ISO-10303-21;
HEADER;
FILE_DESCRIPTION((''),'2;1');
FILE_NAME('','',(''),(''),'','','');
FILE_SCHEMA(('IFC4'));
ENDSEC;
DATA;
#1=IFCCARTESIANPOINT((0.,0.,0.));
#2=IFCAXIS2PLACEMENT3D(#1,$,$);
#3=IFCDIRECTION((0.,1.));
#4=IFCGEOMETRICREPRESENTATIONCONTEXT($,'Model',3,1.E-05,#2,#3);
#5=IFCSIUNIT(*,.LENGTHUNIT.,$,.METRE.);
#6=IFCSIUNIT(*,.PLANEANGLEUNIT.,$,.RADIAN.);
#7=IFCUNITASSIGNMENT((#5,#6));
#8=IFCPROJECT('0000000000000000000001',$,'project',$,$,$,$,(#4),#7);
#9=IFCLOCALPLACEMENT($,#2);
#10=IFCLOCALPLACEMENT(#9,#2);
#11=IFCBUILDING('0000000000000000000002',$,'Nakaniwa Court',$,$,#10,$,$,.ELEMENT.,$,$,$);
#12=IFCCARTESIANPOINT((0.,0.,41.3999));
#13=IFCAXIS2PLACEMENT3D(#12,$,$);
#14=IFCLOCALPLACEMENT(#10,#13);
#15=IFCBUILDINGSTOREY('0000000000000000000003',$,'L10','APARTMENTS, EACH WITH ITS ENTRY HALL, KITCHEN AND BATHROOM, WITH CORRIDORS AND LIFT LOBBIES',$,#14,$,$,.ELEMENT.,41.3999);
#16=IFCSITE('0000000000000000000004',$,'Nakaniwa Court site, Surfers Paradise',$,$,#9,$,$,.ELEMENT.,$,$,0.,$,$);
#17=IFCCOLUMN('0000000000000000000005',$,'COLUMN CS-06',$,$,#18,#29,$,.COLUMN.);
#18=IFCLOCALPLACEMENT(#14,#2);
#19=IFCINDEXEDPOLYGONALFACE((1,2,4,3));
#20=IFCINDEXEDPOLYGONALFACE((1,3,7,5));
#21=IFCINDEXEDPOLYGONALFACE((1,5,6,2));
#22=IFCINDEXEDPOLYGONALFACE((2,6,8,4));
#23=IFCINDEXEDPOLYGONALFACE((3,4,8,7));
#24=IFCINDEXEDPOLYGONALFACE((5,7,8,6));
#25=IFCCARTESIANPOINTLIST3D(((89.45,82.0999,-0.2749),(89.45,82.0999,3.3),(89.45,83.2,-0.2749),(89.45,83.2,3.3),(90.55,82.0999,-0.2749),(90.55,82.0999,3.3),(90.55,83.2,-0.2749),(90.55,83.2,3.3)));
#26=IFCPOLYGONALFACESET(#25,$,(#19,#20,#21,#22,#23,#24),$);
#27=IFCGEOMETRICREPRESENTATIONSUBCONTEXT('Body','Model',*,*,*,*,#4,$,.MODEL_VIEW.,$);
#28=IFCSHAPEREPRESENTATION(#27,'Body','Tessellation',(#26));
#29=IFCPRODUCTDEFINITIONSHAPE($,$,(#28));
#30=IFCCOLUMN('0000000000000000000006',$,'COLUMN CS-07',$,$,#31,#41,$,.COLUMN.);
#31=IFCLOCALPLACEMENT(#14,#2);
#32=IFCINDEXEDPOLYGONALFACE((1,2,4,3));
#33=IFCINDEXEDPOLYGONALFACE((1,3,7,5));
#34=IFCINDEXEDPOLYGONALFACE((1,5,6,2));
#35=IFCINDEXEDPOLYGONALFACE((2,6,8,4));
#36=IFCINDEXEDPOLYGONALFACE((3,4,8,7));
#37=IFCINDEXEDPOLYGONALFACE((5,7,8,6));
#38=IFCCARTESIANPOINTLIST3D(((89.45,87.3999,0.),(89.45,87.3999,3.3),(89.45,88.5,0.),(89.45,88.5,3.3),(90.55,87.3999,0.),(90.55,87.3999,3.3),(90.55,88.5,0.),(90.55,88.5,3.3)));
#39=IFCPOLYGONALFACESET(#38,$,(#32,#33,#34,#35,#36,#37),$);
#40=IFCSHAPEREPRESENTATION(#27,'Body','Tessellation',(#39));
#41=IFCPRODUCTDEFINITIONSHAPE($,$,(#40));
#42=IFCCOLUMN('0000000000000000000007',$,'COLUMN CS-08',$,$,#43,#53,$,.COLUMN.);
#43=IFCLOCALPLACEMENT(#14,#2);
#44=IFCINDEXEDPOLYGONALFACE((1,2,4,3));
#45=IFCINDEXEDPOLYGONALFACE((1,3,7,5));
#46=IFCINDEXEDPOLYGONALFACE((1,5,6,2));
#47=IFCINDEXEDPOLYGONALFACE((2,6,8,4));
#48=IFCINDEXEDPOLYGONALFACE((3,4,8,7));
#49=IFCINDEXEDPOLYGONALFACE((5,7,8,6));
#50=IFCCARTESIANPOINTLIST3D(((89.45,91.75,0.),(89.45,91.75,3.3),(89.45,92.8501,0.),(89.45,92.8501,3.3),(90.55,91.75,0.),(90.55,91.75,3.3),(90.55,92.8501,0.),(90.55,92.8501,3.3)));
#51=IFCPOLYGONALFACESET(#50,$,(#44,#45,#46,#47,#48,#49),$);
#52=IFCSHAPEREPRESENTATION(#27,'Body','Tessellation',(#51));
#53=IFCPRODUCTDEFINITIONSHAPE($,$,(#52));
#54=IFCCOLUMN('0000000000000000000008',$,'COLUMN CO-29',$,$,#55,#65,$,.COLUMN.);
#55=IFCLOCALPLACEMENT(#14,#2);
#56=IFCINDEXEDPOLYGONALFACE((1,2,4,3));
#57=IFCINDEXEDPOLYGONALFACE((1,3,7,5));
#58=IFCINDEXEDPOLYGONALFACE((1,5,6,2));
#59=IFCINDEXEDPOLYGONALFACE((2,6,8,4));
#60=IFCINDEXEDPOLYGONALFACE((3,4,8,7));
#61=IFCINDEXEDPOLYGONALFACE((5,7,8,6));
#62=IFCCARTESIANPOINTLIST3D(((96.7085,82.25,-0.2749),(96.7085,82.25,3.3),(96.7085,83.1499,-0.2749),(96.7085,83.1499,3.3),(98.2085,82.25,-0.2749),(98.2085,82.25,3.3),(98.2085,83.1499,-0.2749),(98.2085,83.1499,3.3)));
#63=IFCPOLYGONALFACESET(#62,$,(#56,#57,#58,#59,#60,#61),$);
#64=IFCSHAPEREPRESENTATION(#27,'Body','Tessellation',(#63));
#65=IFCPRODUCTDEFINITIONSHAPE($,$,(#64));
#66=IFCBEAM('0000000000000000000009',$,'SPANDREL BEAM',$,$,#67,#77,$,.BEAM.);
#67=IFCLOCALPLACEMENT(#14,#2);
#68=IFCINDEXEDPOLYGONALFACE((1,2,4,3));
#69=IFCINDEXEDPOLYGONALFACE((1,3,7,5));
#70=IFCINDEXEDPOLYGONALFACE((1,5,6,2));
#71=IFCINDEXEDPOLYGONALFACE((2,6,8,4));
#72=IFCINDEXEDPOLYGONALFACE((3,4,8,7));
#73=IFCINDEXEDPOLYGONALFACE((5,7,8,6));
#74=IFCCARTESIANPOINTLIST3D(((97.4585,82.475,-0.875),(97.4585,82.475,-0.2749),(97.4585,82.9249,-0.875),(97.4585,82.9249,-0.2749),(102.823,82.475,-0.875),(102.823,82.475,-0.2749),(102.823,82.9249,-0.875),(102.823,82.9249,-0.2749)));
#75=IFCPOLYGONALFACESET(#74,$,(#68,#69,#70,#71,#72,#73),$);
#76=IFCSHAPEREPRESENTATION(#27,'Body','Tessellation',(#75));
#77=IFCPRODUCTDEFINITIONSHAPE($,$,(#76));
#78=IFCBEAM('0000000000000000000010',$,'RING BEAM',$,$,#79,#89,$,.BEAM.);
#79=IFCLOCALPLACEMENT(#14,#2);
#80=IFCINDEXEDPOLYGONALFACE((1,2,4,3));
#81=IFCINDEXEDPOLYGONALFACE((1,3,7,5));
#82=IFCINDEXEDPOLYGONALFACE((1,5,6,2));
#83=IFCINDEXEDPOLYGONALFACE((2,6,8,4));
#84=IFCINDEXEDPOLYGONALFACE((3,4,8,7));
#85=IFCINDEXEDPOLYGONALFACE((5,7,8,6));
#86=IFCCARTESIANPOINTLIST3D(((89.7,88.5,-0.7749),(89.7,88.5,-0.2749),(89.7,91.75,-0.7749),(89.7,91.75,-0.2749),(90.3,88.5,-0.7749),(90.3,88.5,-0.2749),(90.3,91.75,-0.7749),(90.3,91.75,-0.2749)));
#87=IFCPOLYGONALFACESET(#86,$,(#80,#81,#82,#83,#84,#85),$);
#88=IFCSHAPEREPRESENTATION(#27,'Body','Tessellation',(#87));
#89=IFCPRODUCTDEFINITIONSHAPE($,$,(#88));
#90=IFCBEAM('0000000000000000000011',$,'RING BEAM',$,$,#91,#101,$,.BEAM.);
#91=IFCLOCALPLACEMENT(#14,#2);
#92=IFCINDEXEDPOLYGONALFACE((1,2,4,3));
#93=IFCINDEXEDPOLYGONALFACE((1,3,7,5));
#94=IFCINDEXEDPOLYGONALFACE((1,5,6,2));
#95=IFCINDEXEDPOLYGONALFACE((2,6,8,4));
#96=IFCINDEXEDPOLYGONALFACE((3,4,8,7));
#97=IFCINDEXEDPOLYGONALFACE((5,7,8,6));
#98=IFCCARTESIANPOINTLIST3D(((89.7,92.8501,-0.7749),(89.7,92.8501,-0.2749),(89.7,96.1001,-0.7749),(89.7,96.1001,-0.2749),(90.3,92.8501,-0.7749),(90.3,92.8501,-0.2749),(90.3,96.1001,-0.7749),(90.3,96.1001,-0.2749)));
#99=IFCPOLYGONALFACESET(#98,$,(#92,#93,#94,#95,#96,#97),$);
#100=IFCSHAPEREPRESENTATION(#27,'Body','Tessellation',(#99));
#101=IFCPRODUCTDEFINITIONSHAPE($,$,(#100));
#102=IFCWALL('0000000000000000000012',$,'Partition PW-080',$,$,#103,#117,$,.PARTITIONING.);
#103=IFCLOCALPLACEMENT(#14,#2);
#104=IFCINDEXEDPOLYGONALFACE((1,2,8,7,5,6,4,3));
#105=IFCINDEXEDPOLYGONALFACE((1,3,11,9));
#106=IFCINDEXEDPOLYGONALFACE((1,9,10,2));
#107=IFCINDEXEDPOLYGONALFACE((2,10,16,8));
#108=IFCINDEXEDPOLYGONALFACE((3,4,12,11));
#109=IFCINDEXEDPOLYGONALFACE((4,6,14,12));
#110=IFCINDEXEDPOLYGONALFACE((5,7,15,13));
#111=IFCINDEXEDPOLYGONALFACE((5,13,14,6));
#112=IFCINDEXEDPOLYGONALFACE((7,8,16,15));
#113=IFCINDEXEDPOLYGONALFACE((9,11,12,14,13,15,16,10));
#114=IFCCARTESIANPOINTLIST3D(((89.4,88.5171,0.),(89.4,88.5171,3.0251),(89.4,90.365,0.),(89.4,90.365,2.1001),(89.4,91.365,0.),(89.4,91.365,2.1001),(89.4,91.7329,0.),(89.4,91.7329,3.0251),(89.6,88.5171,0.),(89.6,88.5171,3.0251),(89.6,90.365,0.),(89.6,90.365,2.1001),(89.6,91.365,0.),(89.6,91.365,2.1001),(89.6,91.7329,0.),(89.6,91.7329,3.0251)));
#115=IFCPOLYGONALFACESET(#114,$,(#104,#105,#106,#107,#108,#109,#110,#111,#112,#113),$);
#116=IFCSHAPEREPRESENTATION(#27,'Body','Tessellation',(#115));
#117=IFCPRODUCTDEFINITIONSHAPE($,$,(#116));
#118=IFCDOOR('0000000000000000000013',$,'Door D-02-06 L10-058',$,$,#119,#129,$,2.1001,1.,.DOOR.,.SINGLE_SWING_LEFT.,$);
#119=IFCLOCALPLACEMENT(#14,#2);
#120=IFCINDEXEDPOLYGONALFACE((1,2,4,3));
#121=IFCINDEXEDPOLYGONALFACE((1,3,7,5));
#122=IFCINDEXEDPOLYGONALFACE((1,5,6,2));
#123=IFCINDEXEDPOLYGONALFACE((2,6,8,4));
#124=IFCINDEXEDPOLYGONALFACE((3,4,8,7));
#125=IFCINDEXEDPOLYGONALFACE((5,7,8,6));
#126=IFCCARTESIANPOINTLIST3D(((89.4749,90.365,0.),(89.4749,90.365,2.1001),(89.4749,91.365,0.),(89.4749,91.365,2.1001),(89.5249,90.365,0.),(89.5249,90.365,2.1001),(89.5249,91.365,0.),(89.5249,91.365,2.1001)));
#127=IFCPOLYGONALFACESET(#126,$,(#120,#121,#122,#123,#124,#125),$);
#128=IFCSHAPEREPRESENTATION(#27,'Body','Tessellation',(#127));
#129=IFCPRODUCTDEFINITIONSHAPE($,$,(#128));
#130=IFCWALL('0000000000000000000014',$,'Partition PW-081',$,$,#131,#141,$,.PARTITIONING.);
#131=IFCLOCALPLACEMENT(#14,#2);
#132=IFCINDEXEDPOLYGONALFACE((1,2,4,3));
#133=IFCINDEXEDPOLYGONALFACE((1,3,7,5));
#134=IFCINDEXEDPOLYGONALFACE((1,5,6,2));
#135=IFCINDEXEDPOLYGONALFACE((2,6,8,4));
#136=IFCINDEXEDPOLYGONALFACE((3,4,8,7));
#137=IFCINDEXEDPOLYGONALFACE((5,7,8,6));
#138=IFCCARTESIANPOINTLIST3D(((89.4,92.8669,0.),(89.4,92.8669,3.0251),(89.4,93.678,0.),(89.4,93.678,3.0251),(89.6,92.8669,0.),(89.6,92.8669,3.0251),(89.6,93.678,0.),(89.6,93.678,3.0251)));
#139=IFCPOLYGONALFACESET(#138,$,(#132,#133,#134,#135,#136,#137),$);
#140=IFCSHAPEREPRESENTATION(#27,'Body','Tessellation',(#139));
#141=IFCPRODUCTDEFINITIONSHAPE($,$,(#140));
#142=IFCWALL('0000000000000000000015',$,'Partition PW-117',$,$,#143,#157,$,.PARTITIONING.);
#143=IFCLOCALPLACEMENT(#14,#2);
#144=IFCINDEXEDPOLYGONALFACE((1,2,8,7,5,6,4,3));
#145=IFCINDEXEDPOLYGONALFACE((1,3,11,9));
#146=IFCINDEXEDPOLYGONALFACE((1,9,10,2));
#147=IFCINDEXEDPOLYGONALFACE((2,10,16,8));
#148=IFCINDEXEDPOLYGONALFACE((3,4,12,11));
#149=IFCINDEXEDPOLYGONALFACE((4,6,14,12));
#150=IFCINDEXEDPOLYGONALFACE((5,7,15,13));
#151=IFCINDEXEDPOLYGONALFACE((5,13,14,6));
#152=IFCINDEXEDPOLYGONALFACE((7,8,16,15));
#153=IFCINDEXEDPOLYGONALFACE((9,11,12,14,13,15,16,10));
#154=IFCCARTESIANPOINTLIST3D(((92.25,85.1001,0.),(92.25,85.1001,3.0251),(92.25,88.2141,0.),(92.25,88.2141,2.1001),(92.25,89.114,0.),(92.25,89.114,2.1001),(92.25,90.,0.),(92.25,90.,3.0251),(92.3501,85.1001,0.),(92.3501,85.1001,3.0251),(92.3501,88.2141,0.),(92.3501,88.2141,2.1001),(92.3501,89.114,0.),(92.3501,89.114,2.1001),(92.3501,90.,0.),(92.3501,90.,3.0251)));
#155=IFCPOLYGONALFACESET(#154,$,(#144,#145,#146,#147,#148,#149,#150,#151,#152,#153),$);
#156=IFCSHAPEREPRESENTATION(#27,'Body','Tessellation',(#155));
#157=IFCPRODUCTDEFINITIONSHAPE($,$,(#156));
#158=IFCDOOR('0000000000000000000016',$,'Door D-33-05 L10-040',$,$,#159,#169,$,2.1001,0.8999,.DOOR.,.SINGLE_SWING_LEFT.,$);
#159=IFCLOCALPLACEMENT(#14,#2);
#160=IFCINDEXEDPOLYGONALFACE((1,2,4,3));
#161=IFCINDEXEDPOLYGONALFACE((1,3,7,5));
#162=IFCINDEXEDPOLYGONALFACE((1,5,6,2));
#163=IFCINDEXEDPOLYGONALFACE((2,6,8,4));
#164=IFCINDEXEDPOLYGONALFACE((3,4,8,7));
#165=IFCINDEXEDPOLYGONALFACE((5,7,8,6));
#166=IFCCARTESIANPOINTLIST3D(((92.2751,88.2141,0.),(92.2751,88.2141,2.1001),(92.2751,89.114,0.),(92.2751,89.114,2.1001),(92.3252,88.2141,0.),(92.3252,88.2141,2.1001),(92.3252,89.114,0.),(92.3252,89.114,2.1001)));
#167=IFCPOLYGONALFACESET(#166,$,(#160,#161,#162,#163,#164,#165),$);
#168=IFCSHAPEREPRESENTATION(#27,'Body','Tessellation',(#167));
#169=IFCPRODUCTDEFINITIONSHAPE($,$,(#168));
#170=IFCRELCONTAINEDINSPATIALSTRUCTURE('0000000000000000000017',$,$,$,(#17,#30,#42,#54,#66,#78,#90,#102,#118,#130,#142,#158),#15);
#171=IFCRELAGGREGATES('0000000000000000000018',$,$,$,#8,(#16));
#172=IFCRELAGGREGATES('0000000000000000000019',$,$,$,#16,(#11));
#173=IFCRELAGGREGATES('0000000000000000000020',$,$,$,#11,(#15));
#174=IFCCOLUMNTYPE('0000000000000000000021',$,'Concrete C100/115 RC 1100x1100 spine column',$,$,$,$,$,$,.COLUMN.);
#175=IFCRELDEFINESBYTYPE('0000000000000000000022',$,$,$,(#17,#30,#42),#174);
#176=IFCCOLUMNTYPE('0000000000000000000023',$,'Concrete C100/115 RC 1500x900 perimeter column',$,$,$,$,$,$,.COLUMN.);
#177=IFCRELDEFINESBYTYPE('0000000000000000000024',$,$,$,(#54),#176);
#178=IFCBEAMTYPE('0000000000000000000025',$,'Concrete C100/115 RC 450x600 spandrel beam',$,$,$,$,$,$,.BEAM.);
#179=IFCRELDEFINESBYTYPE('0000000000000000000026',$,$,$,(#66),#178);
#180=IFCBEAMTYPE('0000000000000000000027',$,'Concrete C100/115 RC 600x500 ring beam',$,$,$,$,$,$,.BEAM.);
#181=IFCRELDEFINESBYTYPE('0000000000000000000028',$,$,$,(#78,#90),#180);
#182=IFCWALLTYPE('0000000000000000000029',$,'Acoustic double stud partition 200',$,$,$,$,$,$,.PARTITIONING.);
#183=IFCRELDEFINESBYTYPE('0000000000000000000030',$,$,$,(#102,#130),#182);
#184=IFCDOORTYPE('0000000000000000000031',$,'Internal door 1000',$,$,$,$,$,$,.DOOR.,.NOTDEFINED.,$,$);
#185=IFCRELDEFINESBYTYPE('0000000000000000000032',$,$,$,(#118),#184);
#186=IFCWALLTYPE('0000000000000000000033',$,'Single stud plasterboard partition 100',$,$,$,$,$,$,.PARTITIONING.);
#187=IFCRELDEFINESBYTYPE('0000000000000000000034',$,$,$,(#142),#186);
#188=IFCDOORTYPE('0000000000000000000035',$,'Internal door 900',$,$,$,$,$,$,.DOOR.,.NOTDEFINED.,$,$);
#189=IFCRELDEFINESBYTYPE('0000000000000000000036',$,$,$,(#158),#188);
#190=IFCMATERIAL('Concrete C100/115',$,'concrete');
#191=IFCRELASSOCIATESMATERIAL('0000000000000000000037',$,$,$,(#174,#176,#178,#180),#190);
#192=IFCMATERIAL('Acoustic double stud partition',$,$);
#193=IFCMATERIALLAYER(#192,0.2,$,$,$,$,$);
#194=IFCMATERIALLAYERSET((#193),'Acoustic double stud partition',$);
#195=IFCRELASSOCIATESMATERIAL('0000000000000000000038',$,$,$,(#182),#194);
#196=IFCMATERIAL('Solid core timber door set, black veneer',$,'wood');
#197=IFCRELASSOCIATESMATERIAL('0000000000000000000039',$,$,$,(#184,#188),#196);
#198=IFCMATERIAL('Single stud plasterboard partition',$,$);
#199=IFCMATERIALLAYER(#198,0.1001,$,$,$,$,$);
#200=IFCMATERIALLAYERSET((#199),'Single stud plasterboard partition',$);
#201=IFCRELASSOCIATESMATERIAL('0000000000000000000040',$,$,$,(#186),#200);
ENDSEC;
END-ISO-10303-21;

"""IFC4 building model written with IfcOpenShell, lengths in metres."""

from ifc_helpers import new_model, si_unit, direction, frame, frame_2d, origin, origin_2d, place, context, subcontext, project, spatial, rectangle, extrude, material, layer, layer_set, material_profile, profile_set, type_object, element, fill, save


model = new_model("IFC4")

# Units and contexts
model_context = context("Model", 3, precision=1e-05, world=origin(), true_north=direction((0.0, 1.0)))
body_context = subcontext(model_context, "Body", "Model", "MODEL_VIEW")
ifc_project = project(units=[si_unit("LENGTHUNIT", "METRE"), si_unit("PLANEANGLEUNIT", "RADIAN")], contexts=[model_context])

# Site, building, storey
site_placement = place(None, origin())
site = spatial("IfcSite", under=ifc_project, at=site_placement, Name="Nakaniwa Court site, Surfers Paradise", CompositionType="ELEMENT", RefElevation=0.0)
building_placement = place(site_placement, origin())
building = spatial("IfcBuilding", under=site, at=building_placement, Name="Nakaniwa Court", CompositionType="ELEMENT")
storey_placement = place(building_placement, frame((0.0, 0.0, 41.3999)))
storey = spatial("IfcBuildingStorey", under=building, at=storey_placement, Name="L10", Description="APARTMENTS, EACH WITH ITS ENTRY HALL, KITCHEN AND BATHROOM, WITH CORRIDORS AND LIFT LOBBIES", CompositionType="ELEMENT", Elevation=41.3999)

# Columns
ifc_material_1 = material(Name="Concrete C100/115", Category="concrete")
ifc_material_profile_1 = material_profile(ifc_material_1, rectangle(XDim=1.1001, YDim=1.1001, at=origin_2d()), Name="Concrete C100/115 RC 1100x1100 spine column")
ifc_profile_set_1 = profile_set([ifc_material_profile_1], Name="Concrete C100/115")
column_type_1 = type_object("IfcColumnType", Name="Concrete C100/115 RC 1100x1100 spine column", PredefinedType="COLUMN", material=ifc_profile_set_1)
column_1_placement = place(storey_placement, frame((90.0, 82.6499, -0.2749), z_axis=(0.0, 0.0, 1.0), x_axis=(0.0, 1.0, 0.0)))
element("IfcColumn", 1, at=column_1_placement, inside=storey, type_object=column_type_1, Name="COLUMN CS-06", PredefinedType="COLUMN", context=body_context, shape_type="SweptSolid", body=[
    extrude(rectangle(XDim=1.1001, YDim=1.1001, at=origin_2d()), origin(), (0.0, 0.0, 1.0), 3.575),
])
for number, where, z_axis, x_axis, name in (
    (2, (90.0, 87.95, 0.0), (0.0, 0.0, 1.0), (0.0, 1.0, 0.0), "COLUMN CS-07"),
    (3, (90.0, 92.3, 0.0), (0.0, 0.0, 1.0), (0.0, 1.0, 0.0), "COLUMN CS-08"),
):
    element("IfcColumn", number, at=place(storey_placement, frame(where, z_axis=z_axis, x_axis=x_axis)), inside=storey, type_object=column_type_1, Name=name, PredefinedType="COLUMN", context=body_context, shape_type="SweptSolid", body=[
        extrude(rectangle(XDim=1.1001, YDim=1.1001, at=origin_2d()), origin(), (0.0, 0.0, 1.0), 3.3),
    ])
ifc_material_profile_2 = material_profile(ifc_material_1, rectangle(XDim=1.5, YDim=0.8999, at=origin_2d()), Name="Concrete C100/115 RC 1500x900 perimeter column")
ifc_profile_set_2 = profile_set([ifc_material_profile_2], Name="Concrete C100/115")
column_type_2 = type_object("IfcColumnType", Name="Concrete C100/115 RC 1500x900 perimeter column", PredefinedType="COLUMN", material=ifc_profile_set_2)
column_2_placement = place(storey_placement, frame((97.4585, 82.7, -0.2749), z_axis=(0.0, 0.0, 1.0), x_axis=(1.0, 0.0, 0.0)))
element("IfcColumn", 4, at=column_2_placement, inside=storey, type_object=column_type_2, Name="COLUMN CO-29", PredefinedType="COLUMN", context=body_context, shape_type="SweptSolid", body=[
    extrude(rectangle(XDim=1.5, YDim=0.8999, at=origin_2d()), origin(), (0.0, 0.0, 1.0), 3.575),
])

# Beams
ifc_material_profile_3 = material_profile(ifc_material_1, rectangle(XDim=0.45, YDim=0.6001, at=origin_2d()), Name="Concrete C100/115 RC 450x600 spandrel beam")
ifc_profile_set_3 = profile_set([ifc_material_profile_3], Name="Concrete C100/115")
beam_type_1 = type_object("IfcBeamType", Name="Concrete C100/115 RC 450x600 spandrel beam", PredefinedType="BEAM", material=ifc_profile_set_3)
beam_placement = place(storey_placement, frame((97.4585, 82.7, -0.575), z_axis=(1.0, 0.0, 0.0), x_axis=(0.0, 1.0, 0.0)))
element("IfcBeam", 5, at=beam_placement, inside=storey, type_object=beam_type_1, Name="SPANDREL BEAM", PredefinedType="BEAM", context=body_context, shape_type="SweptSolid", body=[
    extrude(rectangle(XDim=0.45, YDim=0.6001, at=origin_2d()), origin(), (0.0, 0.0, 1.0), 5.3645),
])
ifc_material_profile_4 = material_profile(ifc_material_1, rectangle(XDim=0.6001, YDim=0.5, at=origin_2d()), Name="Concrete C100/115 RC 600x500 ring beam")
ifc_profile_set_4 = profile_set([ifc_material_profile_4], Name="Concrete C100/115")
beam_type_2 = type_object("IfcBeamType", Name="Concrete C100/115 RC 600x500 ring beam", PredefinedType="BEAM", material=ifc_profile_set_4)
for number, where, z_axis, x_axis, name in (
    (6, (90.0, 88.5, -0.5249), (0.0, 1.0, 0.0), (-1.0, 0.0, 0.0), "RING BEAM"),
    (7, (90.0, 92.8501, -0.5249), (0.0, 1.0, 0.0), (-1.0, 0.0, 0.0), "RING BEAM"),
):
    element("IfcBeam", number, at=place(storey_placement, frame(where, z_axis=z_axis, x_axis=x_axis)), inside=storey, type_object=beam_type_2, Name=name, PredefinedType="BEAM", context=body_context, shape_type="SweptSolid", body=[
        extrude(rectangle(XDim=0.6001, YDim=0.5, at=origin_2d()), origin(), (0.0, 0.0, 1.0), 3.25),
    ])

# Wall, opening, door
ifc_material_2 = material(Name="Acoustic double stud partition")
ifc_layer_1 = layer(ifc_material_2, 0.2)
ifc_layer_set_1 = layer_set([ifc_layer_1], Name="Acoustic double stud partition")
wall_type_1 = type_object("IfcWallType", Name="Acoustic double stud partition 200", PredefinedType="PARTITIONING", material=ifc_layer_set_1)
wall_1_placement = place(storey_placement, frame((89.5, 91.7329, 0.0), z_axis=(0.0, 0.0, 1.0), x_axis=(0.0, -1.0, 0.0)))
wall_1 = element("IfcWall", 8, at=wall_1_placement, inside=storey, type_object=wall_type_1, Name="Partition PW-080", PredefinedType="PARTITIONING", context=body_context, shape_type="SweptSolid", body=[
    extrude(rectangle(XDim=3.2158, YDim=0.2, at=frame_2d((1.6079, 0.0))), origin(), (0.0, 0.0, 1.0), 3.0251),
])
opening_1_placement = place(wall_1_placement, frame((0.3679, 0.0, 0.0)))
opening_1 = element("IfcOpeningElement", 9, at=opening_1_placement, cuts=wall_1, PredefinedType="OPENING", context=body_context, shape_type="SweptSolid", body=[
    extrude(rectangle(XDim=1.0, YDim=2.1001, at=frame_2d((0.5, 1.05))), frame((0.0, 0.1099, 0.0), z_axis=(0.0, -1.0, 0.0), x_axis=(1.0, 0.0, 0.0)), (0.0, 0.0, 1.0), 0.22),
])
ifc_material_3 = material(Name="Solid core timber door set, black veneer", Category="wood")
door_type_1 = type_object("IfcDoorType", Name="Internal door 1000", OperationType="NOTDEFINED", PredefinedType="DOOR", material=ifc_material_3)
door_1_placement = place(opening_1_placement, origin())
door_1 = element("IfcDoor", 10, at=door_1_placement, inside=storey, type_object=door_type_1, Name="Door D-02-06 L10-058", OperationType="SINGLE_SWING_LEFT", OverallHeight=2.1001, OverallWidth=1.0, PredefinedType="DOOR", context=body_context, shape_type="SweptSolid", body=[
    extrude(rectangle(XDim=1.0, YDim=2.1001, at=frame_2d((0.5, 1.05))), frame((0.0, 0.0249, 0.0), z_axis=(0.0, -1.0, 0.0), x_axis=(1.0, 0.0, 0.0)), (0.0, 0.0, 1.0), 0.05),
])
fill(opening_1, door_1)

# Wall
wall_2_placement = place(storey_placement, frame((89.5, 92.8669, 0.0), z_axis=(0.0, 0.0, 1.0), x_axis=(0.0, 1.0, 0.0)))
element("IfcWall", 11, at=wall_2_placement, inside=storey, type_object=wall_type_1, Name="Partition PW-081", PredefinedType="PARTITIONING", context=body_context, shape_type="SweptSolid", body=[
    extrude(rectangle(XDim=0.811, YDim=0.2, at=frame_2d((0.4055, 0.0))), origin(), (0.0, 0.0, 1.0), 3.0251),
])

# Wall, opening, door
ifc_material_4 = material(Name="Single stud plasterboard partition")
ifc_layer_2 = layer(ifc_material_4, 0.1001)
ifc_layer_set_2 = layer_set([ifc_layer_2], Name="Single stud plasterboard partition")
wall_type_2 = type_object("IfcWallType", Name="Single stud plasterboard partition 100", PredefinedType="PARTITIONING", material=ifc_layer_set_2)
wall_3_placement = place(storey_placement, frame((92.3, 85.1001, 0.0), z_axis=(0.0, 0.0, 1.0), x_axis=(0.0, 1.0, 0.0)))
wall_3 = element("IfcWall", 12, at=wall_3_placement, inside=storey, type_object=wall_type_2, Name="Partition PW-117", PredefinedType="PARTITIONING", context=body_context, shape_type="SweptSolid", body=[
    extrude(rectangle(XDim=4.8999, YDim=0.1001, at=frame_2d((2.45, 0.0))), origin(), (0.0, 0.0, 1.0), 3.0251),
])
opening_2_placement = place(wall_3_placement, frame((3.114, 0.0, 0.0)))
opening_2 = element("IfcOpeningElement", 13, at=opening_2_placement, cuts=wall_3, PredefinedType="OPENING", context=body_context, shape_type="SweptSolid", body=[
    extrude(rectangle(XDim=0.8999, YDim=2.1001, at=frame_2d((0.45, 1.05))), frame((0.0, 0.0601, 0.0), z_axis=(0.0, -1.0, 0.0), x_axis=(1.0, 0.0, 0.0)), (0.0, 0.0, 1.0), 0.1201),
])
door_type_2 = type_object("IfcDoorType", Name="Internal door 900", OperationType="NOTDEFINED", PredefinedType="DOOR", material=ifc_material_3)
door_2_placement = place(opening_2_placement, origin())
door_2 = element("IfcDoor", 14, at=door_2_placement, inside=storey, type_object=door_type_2, Name="Door D-33-05 L10-040", OperationType="SINGLE_SWING_LEFT", OverallHeight=2.1001, OverallWidth=0.8999, PredefinedType="DOOR", context=body_context, shape_type="SweptSolid", body=[
    extrude(rectangle(XDim=0.8999, YDim=2.1001, at=frame_2d((0.45, 1.05))), frame((0.0, 0.0249, 0.0), z_axis=(0.0, -1.0, 0.0), x_axis=(1.0, 0.0, 0.0)), (0.0, 0.0, 1.0), 0.05),
])
fill(opening_2, door_2)

save(model, "model.ifc")
